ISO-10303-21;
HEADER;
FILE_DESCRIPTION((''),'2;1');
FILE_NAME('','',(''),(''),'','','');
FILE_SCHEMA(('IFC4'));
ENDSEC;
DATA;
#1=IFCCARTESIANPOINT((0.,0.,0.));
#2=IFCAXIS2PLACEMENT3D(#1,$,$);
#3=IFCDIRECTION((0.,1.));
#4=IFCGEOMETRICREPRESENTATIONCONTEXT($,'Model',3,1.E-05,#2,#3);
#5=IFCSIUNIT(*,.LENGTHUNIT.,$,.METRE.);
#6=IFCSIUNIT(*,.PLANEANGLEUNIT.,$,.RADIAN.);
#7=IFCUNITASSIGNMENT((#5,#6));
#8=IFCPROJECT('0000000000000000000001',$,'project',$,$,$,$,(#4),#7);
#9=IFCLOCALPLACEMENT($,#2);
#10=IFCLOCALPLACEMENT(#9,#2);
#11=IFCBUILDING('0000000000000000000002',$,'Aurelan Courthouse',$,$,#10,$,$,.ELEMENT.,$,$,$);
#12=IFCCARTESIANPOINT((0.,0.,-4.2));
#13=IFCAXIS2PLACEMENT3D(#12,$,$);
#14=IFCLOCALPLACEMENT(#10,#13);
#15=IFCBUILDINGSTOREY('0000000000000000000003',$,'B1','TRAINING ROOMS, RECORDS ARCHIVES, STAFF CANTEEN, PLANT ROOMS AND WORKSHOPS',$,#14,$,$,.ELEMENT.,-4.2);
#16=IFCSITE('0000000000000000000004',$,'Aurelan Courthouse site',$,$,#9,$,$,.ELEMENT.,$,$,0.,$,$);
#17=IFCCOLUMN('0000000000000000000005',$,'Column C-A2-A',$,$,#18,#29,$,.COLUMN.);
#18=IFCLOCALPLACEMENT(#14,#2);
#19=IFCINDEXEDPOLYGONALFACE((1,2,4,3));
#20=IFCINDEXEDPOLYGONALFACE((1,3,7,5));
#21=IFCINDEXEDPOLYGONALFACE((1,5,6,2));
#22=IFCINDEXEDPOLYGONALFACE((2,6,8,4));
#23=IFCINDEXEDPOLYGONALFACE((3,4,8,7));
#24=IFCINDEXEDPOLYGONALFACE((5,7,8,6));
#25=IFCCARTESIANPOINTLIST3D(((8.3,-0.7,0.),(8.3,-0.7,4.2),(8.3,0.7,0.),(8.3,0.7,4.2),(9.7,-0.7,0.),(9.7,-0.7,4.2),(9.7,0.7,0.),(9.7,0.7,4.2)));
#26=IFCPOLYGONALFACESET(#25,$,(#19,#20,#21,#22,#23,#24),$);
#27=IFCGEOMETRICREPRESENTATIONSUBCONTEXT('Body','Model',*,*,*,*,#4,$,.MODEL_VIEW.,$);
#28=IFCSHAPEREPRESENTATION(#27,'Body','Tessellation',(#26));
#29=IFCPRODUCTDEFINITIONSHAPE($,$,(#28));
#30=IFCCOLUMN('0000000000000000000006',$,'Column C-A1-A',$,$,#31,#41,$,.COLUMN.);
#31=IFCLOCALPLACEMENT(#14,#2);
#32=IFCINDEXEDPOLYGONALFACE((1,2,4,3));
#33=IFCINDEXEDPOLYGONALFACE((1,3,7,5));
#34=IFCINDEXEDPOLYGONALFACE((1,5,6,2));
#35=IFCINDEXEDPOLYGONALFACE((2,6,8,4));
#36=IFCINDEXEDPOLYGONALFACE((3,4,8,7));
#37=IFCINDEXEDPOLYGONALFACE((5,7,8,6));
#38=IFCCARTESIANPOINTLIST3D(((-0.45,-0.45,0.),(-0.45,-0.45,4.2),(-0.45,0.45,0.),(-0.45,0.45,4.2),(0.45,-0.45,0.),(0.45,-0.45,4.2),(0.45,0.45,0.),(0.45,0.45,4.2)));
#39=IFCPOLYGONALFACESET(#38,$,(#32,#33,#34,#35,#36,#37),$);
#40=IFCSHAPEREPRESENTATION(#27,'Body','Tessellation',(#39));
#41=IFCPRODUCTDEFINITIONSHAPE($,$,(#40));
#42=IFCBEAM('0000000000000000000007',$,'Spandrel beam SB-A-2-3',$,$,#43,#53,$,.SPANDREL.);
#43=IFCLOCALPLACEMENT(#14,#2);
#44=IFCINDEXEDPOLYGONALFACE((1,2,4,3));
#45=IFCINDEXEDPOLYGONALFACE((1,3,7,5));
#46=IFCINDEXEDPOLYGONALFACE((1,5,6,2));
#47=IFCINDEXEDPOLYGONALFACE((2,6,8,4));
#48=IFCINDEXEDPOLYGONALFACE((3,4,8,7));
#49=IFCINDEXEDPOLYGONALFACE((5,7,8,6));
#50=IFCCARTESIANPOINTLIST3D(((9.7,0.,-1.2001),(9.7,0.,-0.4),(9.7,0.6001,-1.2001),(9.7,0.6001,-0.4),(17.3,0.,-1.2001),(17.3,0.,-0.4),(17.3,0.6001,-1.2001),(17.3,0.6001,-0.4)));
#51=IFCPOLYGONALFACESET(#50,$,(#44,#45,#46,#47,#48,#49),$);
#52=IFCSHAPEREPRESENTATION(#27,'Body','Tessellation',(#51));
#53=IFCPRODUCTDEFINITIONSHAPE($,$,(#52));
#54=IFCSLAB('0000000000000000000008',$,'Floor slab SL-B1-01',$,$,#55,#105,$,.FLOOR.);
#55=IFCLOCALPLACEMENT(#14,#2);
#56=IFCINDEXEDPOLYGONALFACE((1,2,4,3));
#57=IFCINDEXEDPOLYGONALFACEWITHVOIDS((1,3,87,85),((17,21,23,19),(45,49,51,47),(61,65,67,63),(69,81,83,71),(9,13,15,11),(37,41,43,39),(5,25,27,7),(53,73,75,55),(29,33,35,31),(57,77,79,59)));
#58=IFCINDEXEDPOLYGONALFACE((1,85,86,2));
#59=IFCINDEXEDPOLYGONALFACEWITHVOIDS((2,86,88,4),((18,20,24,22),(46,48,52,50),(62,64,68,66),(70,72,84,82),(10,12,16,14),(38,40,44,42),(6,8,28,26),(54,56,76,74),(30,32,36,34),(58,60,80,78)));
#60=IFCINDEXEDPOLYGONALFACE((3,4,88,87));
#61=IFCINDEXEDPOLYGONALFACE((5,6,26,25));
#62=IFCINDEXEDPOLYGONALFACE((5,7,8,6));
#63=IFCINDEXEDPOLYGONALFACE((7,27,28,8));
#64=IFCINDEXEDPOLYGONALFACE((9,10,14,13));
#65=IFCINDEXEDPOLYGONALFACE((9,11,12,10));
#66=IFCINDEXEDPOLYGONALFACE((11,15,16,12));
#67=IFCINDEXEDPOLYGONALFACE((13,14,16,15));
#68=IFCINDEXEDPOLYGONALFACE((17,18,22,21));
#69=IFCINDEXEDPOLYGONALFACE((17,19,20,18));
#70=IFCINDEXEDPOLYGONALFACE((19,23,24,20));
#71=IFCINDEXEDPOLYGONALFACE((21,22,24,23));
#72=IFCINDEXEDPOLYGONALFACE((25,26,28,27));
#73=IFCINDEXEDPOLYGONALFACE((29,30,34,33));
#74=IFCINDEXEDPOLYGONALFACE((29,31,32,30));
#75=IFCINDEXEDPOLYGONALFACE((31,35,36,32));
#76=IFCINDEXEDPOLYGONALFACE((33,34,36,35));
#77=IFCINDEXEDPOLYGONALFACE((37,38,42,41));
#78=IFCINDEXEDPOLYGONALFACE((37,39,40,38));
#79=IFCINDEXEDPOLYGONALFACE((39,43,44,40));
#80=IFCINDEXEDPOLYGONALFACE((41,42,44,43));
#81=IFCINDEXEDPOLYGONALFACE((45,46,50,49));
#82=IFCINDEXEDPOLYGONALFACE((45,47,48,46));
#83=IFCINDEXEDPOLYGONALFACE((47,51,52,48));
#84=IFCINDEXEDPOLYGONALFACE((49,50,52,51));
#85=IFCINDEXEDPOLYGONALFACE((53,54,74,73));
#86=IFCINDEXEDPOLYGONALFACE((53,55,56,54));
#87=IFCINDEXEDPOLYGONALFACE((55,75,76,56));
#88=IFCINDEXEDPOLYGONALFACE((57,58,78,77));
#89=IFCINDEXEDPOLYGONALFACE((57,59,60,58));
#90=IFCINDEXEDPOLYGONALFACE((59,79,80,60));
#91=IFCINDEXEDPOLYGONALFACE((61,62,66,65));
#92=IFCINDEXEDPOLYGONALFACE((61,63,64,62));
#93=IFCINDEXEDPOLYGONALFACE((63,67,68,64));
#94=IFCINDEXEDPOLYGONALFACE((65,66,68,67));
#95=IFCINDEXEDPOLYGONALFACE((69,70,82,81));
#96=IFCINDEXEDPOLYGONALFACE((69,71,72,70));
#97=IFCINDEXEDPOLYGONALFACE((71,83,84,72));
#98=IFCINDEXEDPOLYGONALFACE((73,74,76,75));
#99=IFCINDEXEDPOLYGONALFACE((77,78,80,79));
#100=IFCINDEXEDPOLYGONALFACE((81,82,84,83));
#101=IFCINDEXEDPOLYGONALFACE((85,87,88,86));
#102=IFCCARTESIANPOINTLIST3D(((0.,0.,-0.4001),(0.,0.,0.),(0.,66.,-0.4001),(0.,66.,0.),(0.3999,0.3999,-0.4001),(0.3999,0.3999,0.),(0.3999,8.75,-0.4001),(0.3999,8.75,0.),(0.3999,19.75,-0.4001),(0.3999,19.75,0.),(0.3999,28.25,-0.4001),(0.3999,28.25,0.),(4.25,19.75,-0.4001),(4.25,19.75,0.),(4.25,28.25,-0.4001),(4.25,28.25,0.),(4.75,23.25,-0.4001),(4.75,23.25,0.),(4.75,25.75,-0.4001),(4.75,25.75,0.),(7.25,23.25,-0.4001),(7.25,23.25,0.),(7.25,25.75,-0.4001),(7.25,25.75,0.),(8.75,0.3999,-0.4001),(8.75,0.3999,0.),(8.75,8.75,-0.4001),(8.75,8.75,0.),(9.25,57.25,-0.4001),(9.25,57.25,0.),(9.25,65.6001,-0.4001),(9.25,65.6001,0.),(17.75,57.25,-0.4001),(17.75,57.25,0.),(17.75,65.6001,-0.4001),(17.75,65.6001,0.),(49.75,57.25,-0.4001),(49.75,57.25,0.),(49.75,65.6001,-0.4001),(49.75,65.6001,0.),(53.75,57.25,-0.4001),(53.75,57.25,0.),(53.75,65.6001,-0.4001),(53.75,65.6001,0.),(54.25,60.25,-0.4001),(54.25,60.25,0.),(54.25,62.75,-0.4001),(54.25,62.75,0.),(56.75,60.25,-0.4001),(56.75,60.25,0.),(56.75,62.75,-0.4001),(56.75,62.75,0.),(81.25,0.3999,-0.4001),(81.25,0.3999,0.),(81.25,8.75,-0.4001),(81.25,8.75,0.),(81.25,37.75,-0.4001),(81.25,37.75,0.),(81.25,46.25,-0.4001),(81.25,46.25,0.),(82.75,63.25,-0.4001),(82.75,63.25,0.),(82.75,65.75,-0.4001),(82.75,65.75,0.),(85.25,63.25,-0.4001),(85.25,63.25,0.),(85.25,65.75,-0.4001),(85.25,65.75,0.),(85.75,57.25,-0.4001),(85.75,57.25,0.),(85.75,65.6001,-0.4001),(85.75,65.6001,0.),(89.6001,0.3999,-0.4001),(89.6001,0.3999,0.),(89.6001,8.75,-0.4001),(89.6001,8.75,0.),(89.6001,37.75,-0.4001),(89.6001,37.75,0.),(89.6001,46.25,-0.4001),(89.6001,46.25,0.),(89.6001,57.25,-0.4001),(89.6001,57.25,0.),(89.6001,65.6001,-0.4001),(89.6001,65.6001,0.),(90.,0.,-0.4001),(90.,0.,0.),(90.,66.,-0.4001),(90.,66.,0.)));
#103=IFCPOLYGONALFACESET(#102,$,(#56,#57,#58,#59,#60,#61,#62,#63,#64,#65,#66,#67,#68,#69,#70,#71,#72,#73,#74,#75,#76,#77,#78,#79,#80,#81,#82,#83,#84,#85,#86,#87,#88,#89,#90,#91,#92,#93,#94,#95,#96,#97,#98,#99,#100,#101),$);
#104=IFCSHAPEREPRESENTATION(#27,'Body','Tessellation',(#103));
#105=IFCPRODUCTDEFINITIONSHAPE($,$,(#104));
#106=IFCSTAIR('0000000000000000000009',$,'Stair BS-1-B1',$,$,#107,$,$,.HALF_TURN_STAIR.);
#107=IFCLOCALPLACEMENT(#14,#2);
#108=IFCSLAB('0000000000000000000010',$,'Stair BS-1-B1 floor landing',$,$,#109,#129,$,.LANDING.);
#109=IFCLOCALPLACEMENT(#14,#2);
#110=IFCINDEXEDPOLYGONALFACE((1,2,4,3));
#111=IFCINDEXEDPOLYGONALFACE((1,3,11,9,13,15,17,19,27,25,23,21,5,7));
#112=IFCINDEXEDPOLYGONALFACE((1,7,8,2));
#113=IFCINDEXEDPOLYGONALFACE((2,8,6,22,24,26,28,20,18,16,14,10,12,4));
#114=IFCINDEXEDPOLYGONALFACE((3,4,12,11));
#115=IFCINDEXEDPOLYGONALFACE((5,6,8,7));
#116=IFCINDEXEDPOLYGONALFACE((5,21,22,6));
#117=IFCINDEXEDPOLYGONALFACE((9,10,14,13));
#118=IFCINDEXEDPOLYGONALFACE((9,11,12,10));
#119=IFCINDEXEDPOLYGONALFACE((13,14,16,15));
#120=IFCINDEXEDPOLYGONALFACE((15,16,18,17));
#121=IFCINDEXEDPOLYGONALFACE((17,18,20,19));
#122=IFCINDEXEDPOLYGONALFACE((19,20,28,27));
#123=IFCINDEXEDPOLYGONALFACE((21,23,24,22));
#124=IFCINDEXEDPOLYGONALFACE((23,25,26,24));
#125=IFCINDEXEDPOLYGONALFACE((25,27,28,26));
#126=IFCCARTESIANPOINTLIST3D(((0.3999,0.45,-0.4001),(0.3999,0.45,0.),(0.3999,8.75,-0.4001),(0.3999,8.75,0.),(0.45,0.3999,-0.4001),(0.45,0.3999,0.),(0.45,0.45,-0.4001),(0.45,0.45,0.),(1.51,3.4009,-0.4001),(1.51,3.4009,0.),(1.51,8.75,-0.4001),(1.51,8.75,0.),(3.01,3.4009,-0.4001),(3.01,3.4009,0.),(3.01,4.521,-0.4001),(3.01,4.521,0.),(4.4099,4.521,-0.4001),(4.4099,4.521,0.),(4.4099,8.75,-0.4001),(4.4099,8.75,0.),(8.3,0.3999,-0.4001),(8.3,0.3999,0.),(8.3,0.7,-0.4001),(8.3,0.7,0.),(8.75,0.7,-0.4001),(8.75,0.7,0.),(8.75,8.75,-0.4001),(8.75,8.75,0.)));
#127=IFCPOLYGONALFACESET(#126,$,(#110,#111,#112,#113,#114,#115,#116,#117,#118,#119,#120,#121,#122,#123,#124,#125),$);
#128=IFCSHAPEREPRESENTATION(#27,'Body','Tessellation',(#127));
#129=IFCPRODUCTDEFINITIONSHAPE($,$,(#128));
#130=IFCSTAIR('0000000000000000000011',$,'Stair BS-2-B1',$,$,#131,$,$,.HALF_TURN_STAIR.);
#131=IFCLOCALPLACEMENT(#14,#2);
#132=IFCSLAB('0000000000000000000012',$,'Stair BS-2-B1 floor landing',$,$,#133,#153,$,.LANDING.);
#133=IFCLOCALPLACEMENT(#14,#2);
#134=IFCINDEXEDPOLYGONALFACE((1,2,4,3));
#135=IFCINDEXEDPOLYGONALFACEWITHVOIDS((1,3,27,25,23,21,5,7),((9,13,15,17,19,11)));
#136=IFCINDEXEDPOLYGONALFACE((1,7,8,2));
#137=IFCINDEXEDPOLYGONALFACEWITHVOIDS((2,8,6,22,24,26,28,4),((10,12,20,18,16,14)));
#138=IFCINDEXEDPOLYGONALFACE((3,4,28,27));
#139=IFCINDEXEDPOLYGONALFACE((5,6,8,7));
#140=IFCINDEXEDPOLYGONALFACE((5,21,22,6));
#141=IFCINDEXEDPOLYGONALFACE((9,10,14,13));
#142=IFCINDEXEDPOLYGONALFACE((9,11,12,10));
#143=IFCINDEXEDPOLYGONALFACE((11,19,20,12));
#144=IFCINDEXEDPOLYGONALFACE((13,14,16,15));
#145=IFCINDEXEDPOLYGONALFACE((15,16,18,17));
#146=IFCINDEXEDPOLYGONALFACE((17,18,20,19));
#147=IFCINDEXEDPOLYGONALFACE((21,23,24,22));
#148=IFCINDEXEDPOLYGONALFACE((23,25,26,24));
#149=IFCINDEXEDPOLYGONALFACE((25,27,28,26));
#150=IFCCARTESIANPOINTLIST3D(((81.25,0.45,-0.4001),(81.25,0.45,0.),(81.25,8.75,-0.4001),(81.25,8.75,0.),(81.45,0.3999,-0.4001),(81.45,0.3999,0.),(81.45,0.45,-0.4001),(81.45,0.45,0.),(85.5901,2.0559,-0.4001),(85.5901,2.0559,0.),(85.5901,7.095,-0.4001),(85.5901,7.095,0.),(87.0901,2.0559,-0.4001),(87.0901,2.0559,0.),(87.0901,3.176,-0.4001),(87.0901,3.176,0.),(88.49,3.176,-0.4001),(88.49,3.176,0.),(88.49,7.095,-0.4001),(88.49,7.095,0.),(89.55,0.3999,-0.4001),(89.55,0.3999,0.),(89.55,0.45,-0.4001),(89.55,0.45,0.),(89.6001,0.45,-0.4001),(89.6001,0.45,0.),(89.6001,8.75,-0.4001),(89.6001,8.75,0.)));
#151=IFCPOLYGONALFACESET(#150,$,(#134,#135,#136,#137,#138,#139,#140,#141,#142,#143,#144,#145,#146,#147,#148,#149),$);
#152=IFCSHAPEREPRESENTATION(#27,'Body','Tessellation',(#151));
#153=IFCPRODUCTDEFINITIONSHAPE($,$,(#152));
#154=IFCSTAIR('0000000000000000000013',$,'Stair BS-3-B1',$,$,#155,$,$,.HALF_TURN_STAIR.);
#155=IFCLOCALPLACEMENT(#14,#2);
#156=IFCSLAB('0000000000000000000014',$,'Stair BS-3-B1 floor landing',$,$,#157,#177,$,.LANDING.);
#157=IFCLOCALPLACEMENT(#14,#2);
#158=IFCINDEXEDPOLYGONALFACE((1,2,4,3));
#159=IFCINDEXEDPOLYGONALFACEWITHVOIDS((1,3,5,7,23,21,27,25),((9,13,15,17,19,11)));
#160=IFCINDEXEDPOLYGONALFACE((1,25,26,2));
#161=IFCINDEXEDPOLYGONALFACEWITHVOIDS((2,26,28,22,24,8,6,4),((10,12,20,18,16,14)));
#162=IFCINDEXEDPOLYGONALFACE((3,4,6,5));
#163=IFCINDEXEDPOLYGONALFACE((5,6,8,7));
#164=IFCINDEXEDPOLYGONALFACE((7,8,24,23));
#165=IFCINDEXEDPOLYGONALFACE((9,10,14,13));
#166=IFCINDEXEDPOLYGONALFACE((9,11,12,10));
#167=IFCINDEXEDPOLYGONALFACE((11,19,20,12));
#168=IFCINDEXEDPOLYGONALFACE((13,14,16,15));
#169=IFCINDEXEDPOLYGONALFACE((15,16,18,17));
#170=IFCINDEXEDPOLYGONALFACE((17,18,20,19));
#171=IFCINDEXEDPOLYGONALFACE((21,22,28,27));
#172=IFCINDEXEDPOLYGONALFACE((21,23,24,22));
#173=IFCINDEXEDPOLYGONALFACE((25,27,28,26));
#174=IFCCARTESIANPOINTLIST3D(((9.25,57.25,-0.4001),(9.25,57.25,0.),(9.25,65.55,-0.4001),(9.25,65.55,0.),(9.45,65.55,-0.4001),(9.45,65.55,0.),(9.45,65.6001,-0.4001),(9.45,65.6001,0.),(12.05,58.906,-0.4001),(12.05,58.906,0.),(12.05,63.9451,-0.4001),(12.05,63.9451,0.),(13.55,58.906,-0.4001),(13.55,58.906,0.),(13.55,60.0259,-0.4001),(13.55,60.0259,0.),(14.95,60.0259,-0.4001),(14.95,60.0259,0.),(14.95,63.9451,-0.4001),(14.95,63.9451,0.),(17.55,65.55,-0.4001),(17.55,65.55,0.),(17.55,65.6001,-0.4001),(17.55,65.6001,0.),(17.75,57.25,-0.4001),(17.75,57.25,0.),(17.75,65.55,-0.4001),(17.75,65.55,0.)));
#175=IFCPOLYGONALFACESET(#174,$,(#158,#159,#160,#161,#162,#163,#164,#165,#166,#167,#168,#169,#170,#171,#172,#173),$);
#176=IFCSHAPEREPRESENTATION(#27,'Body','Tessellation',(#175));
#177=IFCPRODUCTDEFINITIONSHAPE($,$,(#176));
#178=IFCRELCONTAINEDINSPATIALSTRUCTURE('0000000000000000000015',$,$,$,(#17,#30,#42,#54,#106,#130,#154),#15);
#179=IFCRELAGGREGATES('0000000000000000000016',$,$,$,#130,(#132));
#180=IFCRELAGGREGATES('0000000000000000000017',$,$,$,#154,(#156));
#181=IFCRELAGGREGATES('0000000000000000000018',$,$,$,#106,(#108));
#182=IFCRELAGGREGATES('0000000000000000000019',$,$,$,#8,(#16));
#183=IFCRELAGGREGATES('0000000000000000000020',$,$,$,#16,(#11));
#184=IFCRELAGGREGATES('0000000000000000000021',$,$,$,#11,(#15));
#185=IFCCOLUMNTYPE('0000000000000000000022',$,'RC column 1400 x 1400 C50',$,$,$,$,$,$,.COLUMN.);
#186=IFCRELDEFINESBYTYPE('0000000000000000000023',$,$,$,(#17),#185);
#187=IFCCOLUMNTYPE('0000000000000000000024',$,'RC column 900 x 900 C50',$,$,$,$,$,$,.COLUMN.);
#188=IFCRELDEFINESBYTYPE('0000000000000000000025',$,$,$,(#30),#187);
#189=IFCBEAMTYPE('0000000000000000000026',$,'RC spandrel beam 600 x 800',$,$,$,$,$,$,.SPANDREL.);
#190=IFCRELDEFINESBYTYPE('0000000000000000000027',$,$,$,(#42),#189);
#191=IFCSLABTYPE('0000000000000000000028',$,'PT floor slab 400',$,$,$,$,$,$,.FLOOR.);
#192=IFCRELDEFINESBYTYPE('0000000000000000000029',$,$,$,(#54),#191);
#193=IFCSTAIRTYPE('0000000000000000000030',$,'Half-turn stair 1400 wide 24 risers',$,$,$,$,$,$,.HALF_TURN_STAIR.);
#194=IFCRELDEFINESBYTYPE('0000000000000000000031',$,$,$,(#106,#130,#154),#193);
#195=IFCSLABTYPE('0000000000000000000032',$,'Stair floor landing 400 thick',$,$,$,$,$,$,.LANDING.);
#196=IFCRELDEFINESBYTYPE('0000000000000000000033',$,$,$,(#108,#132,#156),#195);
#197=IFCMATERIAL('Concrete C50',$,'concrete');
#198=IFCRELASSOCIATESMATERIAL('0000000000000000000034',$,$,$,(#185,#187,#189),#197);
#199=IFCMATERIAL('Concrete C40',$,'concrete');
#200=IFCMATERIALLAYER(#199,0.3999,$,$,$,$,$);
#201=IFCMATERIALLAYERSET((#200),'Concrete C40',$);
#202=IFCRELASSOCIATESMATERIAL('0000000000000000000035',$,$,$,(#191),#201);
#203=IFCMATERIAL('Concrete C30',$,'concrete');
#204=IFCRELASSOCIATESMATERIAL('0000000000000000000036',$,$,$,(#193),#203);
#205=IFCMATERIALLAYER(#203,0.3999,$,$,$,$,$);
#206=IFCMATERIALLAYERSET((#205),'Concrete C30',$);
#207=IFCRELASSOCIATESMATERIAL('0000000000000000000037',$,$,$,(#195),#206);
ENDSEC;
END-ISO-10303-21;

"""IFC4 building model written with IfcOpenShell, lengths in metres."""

from ifc_helpers import new_model, si_unit, direction, frame, origin, origin_with_axes, origin_2d, place, context, subcontext, project, spatial, polyline, rectangle, outline, extrude, material, layer, layer_set, material_profile, profile_set, type_object, element, aggregate, save


model = new_model("IFC4")

# Units and contexts
model_context = context("Model", 3, precision=1e-05, world=origin(), true_north=direction((0.0, 1.0)))
body_context = subcontext(model_context, "Body", "Model", "MODEL_VIEW")
ifc_project = project(units=[si_unit("LENGTHUNIT", "METRE"), si_unit("PLANEANGLEUNIT", "RADIAN")], contexts=[model_context])

# Site, building, storey
site_placement = place(None, origin())
site = spatial("IfcSite", under=ifc_project, at=site_placement, Name="Aurelan Courthouse site", CompositionType="ELEMENT", RefElevation=0.0)
building_placement = place(site_placement, origin())
building = spatial("IfcBuilding", under=site, at=building_placement, Name="Aurelan Courthouse", CompositionType="ELEMENT")
storey_placement = place(building_placement, frame((0.0, 0.0, -4.2)))
storey = spatial("IfcBuildingStorey", under=building, at=storey_placement, Name="B1", Description="TRAINING ROOMS, RECORDS ARCHIVES, STAFF CANTEEN, PLANT ROOMS AND WORKSHOPS", CompositionType="ELEMENT", Elevation=-4.2)

# Columns
ifc_material_1 = material(Name="Concrete C50", Category="concrete")
ifc_material_profile_1 = material_profile(ifc_material_1, rectangle(XDim=1.3999, YDim=1.3999, at=origin_2d()), Name="RC 1400 x 1400")
ifc_profile_set_1 = profile_set([ifc_material_profile_1], Name="Concrete C50")
column_type_1 = type_object("IfcColumnType", Name="RC column 1400 x 1400 C50", PredefinedType="COLUMN", material=ifc_profile_set_1)
column_1_placement = place(storey_placement, frame((9.0, 0.0, 0.0), z_axis=(0.0, 0.0, 1.0), x_axis=(1.0, 0.0, 0.0)))
element("IfcColumn", 1, at=column_1_placement, inside=storey, type_object=column_type_1, Name="Column C-A2-A", PredefinedType="COLUMN", context=body_context, shape_type="SweptSolid", body=[
    extrude(rectangle(XDim=1.3999, YDim=1.3999, at=origin_2d()), origin(), (0.0, 0.0, 1.0), 4.2),
])
ifc_material_profile_2 = material_profile(ifc_material_1, rectangle(XDim=0.8999, YDim=0.8999, at=origin_2d()), Name="RC 900 x 900")
ifc_profile_set_2 = profile_set([ifc_material_profile_2], Name="Concrete C50")
column_type_2 = type_object("IfcColumnType", Name="RC column 900 x 900 C50", PredefinedType="COLUMN", material=ifc_profile_set_2)
column_2_placement = place(storey_placement, origin_with_axes())
element("IfcColumn", 2, at=column_2_placement, inside=storey, type_object=column_type_2, Name="Column C-A1-A", PredefinedType="COLUMN", context=body_context, shape_type="SweptSolid", body=[
    extrude(rectangle(XDim=0.8999, YDim=0.8999, at=origin_2d()), origin(), (0.0, 0.0, 1.0), 4.2),
])

# Beam
ifc_material_profile_3 = material_profile(ifc_material_1, rectangle(XDim=0.6001, YDim=0.8, at=origin_2d()), Name="RC 600 x 800")
ifc_profile_set_3 = profile_set([ifc_material_profile_3], Name="Concrete C50")
beam_type = type_object("IfcBeamType", Name="RC spandrel beam 600 x 800", PredefinedType="SPANDREL", material=ifc_profile_set_3)
beam_placement = place(storey_placement, frame((9.7, 0.3, -0.8), z_axis=(1.0, 0.0, 0.0), x_axis=(0.0, 1.0, 0.0)))
element("IfcBeam", 3, at=beam_placement, inside=storey, type_object=beam_type, Name="Spandrel beam SB-A-2-3", PredefinedType="SPANDREL", context=body_context, shape_type="SweptSolid", body=[
    extrude(rectangle(XDim=0.6001, YDim=0.8, at=origin_2d()), origin(), (0.0, 0.0, 1.0), 7.6001),
])

# Slab
ifc_material_2 = material(Name="Concrete C40", Category="concrete")
ifc_layer_1 = layer(ifc_material_2, 0.3999)
ifc_layer_set_1 = layer_set([ifc_layer_1], Name="Concrete C40")
slab_type_1 = type_object("IfcSlabType", Name="PT floor slab 400", PredefinedType="FLOOR", material=ifc_layer_set_1)
slab_1_placement = place(storey_placement, frame((0.0, 0.0, -0.4001)))
element("IfcSlab", 4, at=slab_1_placement, inside=storey, type_object=slab_type_1, Name="Floor slab SL-B1-01", PredefinedType="FLOOR", context=body_context, shape_type="SweptSolid", body=[
    extrude(outline(polyline([(0.0, 66.0), (0.0, 0.0), (90.0, 0.0), (90.0, 66.0), (0.0, 66.0)]), holes=[polyline([(81.25, 37.75), (81.25, 46.25), (89.6001, 46.25), (89.6001, 37.75), (81.25, 37.75)]), polyline([(89.6001, 8.75), (89.6001, 0.3999), (81.25, 0.3999), (81.25, 8.75), (89.6001, 8.75)]), polyline([(89.6001, 65.6001), (89.6001, 57.25), (85.75, 57.25), (85.75, 65.6001), (89.6001, 65.6001)]), polyline([(82.75, 65.75), (85.25, 65.75), (85.25, 63.25), (82.75, 63.25), (82.75, 65.75)]), polyline([(54.25, 60.25), (54.25, 62.75), (56.75, 62.75), (56.75, 60.25), (54.25, 60.25)]), polyline([(49.75, 65.6001), (53.75, 65.6001), (53.75, 57.25), (49.75, 57.25), (49.75, 65.6001)]), polyline([(17.75, 57.25), (9.25, 57.25), (9.25, 65.6001), (17.75, 65.6001), (17.75, 57.25)]), polyline([(0.3999, 8.75), (8.75, 8.75), (8.75, 0.3999), (0.3999, 0.3999), (0.3999, 8.75)]), polyline([(7.25, 25.75), (7.25, 23.25), (4.75, 23.25), (4.75, 25.75), (7.25, 25.75)]), polyline([(4.25, 19.75), (0.3999, 19.75), (0.3999, 28.25), (4.25, 28.25), (4.25, 19.75)])]), origin(), (0.0, 0.0, 1.0), 0.4001),
])

# Stairs, slabs
ifc_material_3 = material(Name="Concrete C30", Category="concrete")
stair_type_1 = type_object("IfcStairType", Name="Half-turn stair 1400 wide 24 risers", PredefinedType="HALF_TURN_STAIR", material=ifc_material_3)
stair_1_placement = place(storey_placement, origin())
stair_1 = element("IfcStair", 5, at=stair_1_placement, inside=storey, type_object=stair_type_1, Name="Stair BS-1-B1", PredefinedType="HALF_TURN_STAIR")
ifc_layer_2 = layer(ifc_material_3, 0.3999)
ifc_layer_set_2 = layer_set([ifc_layer_2], Name="Concrete C30")
slab_type_2 = type_object("IfcSlabType", Name="Stair floor landing 400 thick", PredefinedType="LANDING", material=ifc_layer_set_2)
slab_2_placement = place(storey_placement, frame((0.0, 0.0, -0.4001)))
slab_2 = element("IfcSlab", 6, at=slab_2_placement, type_object=slab_type_2, Name="Stair BS-1-B1 floor landing", PredefinedType="LANDING", context=body_context, shape_type="SweptSolid", body=[
    extrude(outline(polyline([(1.51, 3.4009), (3.01, 3.4009), (3.01, 4.521), (4.4099, 4.521), (4.4099, 8.75), (8.75, 8.75), (8.75, 0.7), (8.3, 0.7), (8.3, 0.3999), (0.45, 0.3999), (0.45, 0.45), (0.3999, 0.45), (0.3999, 8.75), (1.51, 8.75), (1.51, 3.4009)])), origin(), (0.0, 0.0, 1.0), 0.4001),
])
stair_2_placement = place(storey_placement, origin())
stair_2 = element("IfcStair", 7, at=stair_2_placement, inside=storey, type_object=stair_type_1, Name="Stair BS-2-B1", PredefinedType="HALF_TURN_STAIR")
slab_3_placement = place(storey_placement, frame((0.0, 0.0, -0.4001)))
slab_3 = element("IfcSlab", 8, at=slab_3_placement, type_object=slab_type_2, Name="Stair BS-2-B1 floor landing", PredefinedType="LANDING", context=body_context, shape_type="SweptSolid", body=[
    extrude(outline(polyline([(89.6001, 0.45), (89.55, 0.45), (89.55, 0.3999), (81.45, 0.3999), (81.45, 0.45), (81.25, 0.45), (81.25, 8.75), (89.6001, 8.75), (89.6001, 0.45)]), holes=[polyline([(85.5901, 7.095), (85.5901, 2.0559), (87.0901, 2.0559), (87.0901, 3.176), (88.49, 3.176), (88.49, 7.095), (85.5901, 7.095)])]), origin(), (0.0, 0.0, 1.0), 0.4001),
])
stair_3_placement = place(storey_placement, origin())
stair_3 = element("IfcStair", 9, at=stair_3_placement, inside=storey, type_object=stair_type_1, Name="Stair BS-3-B1", PredefinedType="HALF_TURN_STAIR")
slab_4_placement = place(storey_placement, frame((0.0, 0.0, -0.4001)))
slab_4 = element("IfcSlab", 10, at=slab_4_placement, type_object=slab_type_2, Name="Stair BS-3-B1 floor landing", PredefinedType="LANDING", context=body_context, shape_type="SweptSolid", body=[
    extrude(outline(polyline([(17.75, 57.25), (9.25, 57.25), (9.25, 65.55), (9.45, 65.55), (9.45, 65.6001), (17.55, 65.6001), (17.55, 65.55), (17.75, 65.55), (17.75, 57.25)]), holes=[polyline([(12.05, 63.9451), (12.05, 58.906), (13.55, 58.906), (13.55, 60.0259), (14.95, 60.0259), (14.95, 63.9451), (12.05, 63.9451)])]), origin(), (0.0, 0.0, 1.0), 0.4001),
])

aggregate(stair_2, [slab_3])
aggregate(stair_3, [slab_4])

aggregate(stair_1, [slab_2])

save(model, "model.ifc")
